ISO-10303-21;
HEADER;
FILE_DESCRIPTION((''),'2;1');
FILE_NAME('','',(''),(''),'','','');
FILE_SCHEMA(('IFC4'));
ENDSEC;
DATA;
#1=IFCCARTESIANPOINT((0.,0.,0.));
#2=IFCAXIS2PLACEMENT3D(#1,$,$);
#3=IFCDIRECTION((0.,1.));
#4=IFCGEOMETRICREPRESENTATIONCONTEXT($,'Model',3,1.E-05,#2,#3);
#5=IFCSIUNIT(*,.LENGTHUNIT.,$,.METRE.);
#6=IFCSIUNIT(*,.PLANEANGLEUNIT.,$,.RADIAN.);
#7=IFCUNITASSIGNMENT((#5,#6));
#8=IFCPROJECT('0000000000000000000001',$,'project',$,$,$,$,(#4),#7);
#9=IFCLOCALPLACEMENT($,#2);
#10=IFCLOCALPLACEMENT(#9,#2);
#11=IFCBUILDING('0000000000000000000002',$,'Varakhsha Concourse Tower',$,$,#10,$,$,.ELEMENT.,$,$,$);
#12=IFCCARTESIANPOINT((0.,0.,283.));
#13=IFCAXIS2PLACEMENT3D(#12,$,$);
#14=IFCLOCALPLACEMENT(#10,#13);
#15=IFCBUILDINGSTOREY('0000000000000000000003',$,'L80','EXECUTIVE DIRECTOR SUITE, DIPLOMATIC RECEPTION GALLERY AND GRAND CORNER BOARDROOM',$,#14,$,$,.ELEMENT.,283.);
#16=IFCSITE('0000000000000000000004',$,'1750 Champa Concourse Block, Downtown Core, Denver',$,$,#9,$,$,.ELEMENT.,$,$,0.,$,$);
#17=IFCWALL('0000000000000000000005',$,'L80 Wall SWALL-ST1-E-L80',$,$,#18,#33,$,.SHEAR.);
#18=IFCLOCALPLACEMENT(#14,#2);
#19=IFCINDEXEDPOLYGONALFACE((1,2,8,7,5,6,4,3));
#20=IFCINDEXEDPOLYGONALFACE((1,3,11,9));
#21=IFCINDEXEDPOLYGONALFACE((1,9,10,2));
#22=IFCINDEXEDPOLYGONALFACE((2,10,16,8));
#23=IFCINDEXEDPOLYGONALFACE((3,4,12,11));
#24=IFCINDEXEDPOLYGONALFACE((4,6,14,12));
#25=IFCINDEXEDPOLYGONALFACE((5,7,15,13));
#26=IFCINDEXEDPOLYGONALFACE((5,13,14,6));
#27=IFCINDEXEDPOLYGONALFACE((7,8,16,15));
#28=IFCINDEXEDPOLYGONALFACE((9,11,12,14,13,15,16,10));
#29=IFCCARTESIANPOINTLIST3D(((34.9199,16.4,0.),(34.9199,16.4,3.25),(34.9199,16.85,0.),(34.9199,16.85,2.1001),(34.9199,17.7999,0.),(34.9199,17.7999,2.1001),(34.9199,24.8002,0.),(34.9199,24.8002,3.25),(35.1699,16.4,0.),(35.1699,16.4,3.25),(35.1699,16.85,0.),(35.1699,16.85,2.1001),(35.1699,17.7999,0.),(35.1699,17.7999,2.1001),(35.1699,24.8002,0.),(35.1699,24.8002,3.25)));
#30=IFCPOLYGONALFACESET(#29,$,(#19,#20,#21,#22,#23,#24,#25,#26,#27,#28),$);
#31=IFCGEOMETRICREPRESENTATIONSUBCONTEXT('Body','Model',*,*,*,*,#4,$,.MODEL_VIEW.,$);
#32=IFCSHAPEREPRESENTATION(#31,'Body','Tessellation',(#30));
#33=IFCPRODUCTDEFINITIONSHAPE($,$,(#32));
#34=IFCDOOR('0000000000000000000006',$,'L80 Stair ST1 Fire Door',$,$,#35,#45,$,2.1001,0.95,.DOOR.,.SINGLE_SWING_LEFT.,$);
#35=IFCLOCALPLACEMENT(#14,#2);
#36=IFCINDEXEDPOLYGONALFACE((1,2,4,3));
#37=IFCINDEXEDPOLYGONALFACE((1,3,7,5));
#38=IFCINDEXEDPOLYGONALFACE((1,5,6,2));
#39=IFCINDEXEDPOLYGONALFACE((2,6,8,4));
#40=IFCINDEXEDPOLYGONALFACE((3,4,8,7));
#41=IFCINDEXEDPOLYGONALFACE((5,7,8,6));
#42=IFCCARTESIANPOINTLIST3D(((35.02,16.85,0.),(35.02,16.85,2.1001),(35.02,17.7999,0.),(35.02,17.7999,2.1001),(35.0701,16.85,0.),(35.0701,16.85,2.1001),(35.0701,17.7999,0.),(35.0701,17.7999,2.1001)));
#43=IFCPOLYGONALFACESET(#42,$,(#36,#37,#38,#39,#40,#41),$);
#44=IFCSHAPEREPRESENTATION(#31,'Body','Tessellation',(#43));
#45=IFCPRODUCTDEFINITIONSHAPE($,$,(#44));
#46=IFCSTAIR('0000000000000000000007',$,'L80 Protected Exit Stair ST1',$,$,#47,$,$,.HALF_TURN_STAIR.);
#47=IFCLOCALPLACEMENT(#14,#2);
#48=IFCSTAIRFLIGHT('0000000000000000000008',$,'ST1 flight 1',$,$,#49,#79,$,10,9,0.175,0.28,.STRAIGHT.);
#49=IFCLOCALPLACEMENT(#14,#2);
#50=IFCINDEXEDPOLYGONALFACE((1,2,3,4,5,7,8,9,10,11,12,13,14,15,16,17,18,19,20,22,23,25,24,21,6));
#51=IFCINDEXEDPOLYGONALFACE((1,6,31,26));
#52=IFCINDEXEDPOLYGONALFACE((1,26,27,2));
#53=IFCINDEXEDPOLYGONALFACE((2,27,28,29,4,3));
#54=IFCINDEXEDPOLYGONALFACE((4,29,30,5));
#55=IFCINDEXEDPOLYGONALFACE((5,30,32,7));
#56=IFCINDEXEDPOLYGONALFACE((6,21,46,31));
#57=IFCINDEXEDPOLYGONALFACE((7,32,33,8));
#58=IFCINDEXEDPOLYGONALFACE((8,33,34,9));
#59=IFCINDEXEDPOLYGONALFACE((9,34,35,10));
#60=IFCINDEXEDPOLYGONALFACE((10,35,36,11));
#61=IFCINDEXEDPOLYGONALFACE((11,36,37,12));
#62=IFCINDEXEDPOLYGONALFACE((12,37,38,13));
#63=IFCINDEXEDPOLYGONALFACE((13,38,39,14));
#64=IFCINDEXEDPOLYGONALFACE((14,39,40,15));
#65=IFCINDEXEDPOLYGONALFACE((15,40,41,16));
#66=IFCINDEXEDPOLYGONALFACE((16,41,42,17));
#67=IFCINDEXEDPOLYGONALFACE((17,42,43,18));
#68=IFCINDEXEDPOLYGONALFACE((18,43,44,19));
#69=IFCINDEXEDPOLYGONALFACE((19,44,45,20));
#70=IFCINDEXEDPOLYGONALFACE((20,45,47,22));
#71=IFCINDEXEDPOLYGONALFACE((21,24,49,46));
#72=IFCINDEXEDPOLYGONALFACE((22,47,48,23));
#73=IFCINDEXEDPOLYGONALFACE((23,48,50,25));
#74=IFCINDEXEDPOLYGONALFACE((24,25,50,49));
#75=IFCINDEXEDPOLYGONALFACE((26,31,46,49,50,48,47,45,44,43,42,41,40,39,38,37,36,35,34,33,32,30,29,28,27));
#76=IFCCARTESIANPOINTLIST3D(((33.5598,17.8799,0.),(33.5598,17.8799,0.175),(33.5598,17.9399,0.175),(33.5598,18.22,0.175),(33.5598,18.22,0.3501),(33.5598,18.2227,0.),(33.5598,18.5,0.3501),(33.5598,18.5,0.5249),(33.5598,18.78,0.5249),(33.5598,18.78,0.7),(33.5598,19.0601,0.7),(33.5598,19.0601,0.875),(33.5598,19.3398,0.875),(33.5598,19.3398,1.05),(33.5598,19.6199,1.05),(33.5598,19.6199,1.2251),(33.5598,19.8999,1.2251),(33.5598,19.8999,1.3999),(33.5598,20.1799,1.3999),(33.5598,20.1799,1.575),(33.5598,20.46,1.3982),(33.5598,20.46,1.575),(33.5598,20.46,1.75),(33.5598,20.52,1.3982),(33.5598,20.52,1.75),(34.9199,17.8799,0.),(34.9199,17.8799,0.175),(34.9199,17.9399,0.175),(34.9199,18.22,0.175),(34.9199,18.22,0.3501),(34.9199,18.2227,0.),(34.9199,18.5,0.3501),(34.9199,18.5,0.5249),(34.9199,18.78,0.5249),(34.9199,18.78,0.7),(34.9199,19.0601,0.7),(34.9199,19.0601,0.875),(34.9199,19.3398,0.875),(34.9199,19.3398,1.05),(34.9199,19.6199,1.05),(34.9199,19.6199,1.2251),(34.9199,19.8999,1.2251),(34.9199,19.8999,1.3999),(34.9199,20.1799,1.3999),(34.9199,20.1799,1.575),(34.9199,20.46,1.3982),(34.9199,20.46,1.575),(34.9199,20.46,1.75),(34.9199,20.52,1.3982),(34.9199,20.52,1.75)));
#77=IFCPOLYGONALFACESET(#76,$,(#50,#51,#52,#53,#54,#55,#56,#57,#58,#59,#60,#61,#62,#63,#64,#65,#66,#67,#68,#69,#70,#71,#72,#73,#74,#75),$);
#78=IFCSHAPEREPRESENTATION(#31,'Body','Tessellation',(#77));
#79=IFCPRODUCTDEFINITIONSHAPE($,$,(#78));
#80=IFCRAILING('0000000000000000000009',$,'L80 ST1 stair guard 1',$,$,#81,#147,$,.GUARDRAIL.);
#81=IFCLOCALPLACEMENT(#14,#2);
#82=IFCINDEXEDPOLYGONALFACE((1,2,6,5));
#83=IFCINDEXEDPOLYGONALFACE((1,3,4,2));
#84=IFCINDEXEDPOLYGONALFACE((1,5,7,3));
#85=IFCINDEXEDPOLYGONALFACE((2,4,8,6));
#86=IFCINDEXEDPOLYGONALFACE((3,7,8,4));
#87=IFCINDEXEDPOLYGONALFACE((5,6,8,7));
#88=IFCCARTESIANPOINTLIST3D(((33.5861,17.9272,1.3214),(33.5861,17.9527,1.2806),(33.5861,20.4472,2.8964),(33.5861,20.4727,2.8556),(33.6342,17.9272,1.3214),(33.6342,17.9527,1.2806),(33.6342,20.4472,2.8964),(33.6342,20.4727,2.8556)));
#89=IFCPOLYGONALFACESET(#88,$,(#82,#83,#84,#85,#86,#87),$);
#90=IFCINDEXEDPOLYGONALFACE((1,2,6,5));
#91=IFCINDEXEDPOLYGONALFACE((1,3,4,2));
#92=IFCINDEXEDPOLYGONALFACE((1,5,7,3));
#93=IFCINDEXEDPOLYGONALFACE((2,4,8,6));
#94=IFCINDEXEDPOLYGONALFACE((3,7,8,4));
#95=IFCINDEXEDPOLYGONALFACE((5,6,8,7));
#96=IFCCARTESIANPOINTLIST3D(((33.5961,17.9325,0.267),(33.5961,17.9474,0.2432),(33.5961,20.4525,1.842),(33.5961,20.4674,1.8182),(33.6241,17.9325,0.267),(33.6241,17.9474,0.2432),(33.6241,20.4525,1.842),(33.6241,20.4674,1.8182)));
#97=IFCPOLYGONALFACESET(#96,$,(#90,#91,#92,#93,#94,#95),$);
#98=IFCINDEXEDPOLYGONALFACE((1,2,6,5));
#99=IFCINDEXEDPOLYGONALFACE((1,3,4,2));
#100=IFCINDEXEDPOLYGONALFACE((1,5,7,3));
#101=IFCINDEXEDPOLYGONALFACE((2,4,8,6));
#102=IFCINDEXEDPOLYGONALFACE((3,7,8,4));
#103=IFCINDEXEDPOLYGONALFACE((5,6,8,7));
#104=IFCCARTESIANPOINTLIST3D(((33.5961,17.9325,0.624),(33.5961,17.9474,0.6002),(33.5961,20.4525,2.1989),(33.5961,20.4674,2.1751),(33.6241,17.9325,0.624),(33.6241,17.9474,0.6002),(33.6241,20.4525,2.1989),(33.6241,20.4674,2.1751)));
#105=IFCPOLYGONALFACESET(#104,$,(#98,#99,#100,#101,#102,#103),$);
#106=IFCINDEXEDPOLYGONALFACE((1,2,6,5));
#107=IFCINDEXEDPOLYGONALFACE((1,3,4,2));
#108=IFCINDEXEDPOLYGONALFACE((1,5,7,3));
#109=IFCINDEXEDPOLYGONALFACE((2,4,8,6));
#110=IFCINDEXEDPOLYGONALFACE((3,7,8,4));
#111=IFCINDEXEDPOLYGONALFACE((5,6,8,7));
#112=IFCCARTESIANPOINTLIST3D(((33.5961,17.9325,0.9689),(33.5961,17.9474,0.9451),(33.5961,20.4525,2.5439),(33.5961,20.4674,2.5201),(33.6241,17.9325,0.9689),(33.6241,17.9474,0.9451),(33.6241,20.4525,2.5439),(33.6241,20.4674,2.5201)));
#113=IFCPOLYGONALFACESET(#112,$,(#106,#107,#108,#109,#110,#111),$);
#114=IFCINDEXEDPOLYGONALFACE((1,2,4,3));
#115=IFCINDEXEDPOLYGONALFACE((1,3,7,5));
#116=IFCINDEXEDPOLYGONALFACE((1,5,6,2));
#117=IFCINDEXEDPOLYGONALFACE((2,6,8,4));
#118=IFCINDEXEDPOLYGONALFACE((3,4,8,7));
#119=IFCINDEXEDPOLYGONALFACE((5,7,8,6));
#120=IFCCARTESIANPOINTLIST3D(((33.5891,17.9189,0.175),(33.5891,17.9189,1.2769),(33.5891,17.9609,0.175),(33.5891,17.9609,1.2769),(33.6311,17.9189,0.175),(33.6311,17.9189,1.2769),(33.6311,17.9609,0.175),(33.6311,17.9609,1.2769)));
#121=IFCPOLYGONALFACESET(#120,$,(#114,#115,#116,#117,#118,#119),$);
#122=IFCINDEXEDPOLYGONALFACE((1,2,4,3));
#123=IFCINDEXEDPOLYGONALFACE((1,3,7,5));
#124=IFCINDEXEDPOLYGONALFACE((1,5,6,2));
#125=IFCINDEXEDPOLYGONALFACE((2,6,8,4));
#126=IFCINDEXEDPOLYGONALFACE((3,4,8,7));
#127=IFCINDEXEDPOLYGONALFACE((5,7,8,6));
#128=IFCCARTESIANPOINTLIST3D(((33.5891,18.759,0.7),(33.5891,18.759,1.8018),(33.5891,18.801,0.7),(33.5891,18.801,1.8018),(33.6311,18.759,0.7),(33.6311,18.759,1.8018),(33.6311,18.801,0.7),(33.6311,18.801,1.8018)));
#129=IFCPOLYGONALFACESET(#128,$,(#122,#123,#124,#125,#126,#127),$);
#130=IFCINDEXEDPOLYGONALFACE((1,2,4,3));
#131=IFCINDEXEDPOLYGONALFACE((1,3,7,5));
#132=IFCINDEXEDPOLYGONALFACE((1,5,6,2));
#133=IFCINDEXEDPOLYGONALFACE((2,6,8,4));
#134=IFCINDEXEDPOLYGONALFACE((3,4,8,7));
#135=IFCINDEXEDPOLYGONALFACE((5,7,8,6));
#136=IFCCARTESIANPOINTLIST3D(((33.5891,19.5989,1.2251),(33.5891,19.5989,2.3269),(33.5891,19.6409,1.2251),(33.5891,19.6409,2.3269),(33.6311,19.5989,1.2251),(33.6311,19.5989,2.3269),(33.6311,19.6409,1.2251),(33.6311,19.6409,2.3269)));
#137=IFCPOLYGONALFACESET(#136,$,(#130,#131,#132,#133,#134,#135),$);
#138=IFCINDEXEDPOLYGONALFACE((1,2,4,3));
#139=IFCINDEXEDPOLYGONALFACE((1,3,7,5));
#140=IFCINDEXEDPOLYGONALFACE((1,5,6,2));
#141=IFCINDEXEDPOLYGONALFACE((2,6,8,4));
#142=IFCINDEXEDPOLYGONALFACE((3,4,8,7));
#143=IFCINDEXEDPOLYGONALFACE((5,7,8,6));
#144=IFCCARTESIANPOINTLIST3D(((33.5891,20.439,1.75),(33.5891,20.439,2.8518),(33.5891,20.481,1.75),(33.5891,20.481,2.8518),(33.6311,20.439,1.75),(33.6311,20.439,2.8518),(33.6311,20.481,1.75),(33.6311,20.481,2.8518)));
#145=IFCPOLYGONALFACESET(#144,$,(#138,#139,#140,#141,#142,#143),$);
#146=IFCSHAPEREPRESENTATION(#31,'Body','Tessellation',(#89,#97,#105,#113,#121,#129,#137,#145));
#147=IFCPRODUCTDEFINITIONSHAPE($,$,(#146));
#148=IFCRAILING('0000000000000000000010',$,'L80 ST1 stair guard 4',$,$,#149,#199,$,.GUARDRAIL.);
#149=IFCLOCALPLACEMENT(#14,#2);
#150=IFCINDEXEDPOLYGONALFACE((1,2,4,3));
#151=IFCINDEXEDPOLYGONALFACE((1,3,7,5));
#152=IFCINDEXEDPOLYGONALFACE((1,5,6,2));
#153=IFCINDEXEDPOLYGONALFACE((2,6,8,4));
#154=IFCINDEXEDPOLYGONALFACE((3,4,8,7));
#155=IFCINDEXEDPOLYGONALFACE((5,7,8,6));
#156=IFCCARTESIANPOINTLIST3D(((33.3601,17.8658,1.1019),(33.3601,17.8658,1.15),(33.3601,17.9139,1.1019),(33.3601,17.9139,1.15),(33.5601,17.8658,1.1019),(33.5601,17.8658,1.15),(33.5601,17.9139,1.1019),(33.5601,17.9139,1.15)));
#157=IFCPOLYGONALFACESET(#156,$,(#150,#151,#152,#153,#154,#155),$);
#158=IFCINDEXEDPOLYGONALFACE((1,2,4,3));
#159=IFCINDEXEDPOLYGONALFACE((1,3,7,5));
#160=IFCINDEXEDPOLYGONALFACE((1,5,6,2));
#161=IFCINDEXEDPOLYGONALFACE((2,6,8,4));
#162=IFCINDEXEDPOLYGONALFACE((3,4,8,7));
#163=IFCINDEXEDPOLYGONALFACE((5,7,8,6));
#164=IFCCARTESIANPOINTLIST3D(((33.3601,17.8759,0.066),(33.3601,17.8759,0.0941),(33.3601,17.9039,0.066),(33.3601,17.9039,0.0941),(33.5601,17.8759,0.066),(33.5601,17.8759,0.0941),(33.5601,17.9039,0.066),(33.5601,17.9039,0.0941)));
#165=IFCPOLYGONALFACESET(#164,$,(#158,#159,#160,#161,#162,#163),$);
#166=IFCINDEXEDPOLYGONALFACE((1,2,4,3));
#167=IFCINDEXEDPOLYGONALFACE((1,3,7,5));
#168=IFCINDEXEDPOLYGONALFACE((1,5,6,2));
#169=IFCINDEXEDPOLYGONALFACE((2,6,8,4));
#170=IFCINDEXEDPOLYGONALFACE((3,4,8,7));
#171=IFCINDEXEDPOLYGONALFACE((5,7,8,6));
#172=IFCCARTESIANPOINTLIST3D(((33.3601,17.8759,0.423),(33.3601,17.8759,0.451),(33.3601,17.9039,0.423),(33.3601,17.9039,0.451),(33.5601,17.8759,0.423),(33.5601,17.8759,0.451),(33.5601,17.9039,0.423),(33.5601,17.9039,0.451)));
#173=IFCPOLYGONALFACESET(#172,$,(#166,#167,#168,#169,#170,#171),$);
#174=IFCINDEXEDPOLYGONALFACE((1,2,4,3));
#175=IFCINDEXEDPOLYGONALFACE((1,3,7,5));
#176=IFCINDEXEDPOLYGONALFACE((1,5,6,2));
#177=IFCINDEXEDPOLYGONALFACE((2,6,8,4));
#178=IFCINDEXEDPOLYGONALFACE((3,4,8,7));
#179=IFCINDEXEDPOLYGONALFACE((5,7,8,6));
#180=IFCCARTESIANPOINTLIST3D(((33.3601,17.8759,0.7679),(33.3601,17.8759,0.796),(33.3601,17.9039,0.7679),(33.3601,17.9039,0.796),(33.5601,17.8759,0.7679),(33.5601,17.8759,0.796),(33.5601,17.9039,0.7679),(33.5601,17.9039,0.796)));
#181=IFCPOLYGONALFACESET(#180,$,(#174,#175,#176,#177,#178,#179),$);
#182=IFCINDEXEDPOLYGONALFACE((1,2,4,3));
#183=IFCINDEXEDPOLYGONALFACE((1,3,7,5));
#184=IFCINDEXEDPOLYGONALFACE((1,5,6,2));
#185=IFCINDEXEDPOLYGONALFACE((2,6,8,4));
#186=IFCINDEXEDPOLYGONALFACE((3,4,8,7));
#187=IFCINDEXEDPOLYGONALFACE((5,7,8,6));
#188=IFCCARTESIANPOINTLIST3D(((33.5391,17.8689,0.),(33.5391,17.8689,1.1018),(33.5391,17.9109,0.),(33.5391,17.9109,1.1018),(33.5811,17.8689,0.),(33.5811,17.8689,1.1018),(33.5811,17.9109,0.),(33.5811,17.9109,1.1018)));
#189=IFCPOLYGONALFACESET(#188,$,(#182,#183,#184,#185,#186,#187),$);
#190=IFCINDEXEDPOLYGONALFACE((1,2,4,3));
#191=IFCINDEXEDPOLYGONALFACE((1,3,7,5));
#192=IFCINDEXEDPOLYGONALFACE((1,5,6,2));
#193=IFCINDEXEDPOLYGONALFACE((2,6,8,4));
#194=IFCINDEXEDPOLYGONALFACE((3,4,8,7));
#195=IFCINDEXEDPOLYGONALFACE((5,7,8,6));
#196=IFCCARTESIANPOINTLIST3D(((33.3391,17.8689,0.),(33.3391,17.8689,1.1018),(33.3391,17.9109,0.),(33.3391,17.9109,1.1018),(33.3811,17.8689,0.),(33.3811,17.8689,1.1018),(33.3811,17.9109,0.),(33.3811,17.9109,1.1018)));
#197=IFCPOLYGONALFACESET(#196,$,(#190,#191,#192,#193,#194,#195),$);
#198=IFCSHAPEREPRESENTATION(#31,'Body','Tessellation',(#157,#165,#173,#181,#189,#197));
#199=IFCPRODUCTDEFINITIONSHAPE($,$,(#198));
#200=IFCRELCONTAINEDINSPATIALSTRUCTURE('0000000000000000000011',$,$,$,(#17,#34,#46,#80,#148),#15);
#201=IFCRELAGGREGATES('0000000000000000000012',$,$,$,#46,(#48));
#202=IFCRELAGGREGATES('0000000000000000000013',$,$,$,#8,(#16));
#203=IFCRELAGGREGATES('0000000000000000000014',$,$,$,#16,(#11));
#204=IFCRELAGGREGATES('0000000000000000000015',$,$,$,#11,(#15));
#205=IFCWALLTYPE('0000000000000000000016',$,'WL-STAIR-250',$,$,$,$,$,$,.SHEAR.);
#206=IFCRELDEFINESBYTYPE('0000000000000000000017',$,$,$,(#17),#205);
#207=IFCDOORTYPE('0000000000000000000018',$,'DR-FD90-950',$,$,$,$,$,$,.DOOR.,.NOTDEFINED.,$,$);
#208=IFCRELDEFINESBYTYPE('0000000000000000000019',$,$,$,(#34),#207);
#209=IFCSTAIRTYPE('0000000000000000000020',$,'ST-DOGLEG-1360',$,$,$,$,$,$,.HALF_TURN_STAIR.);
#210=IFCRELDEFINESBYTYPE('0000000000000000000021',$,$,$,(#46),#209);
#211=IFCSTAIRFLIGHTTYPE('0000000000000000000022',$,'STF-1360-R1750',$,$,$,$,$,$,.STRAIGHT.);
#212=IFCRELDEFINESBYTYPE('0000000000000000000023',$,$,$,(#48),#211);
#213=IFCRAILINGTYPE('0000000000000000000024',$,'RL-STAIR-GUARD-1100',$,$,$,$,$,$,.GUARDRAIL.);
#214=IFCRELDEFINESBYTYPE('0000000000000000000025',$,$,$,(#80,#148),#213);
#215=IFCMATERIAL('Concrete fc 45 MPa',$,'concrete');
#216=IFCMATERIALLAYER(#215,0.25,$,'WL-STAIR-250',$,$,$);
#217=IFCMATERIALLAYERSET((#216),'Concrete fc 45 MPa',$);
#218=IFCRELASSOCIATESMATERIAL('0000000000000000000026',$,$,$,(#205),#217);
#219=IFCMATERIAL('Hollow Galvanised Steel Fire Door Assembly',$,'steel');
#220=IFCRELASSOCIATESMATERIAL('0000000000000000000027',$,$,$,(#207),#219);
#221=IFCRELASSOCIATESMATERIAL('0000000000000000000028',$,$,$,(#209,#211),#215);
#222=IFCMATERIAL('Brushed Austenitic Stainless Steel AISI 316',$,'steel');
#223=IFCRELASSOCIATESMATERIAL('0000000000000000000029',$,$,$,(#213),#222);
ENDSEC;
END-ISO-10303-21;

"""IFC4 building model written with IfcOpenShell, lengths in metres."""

from ifc_helpers import new_model, si_unit, direction, frame, frame_2d, origin, origin_2d, place, context, subcontext, project, spatial, polyline, rectangle, outline, extrude, material, layer, layer_set, type_object, element, fill, aggregate, save


model = new_model("IFC4")

# Units and contexts
model_context = context("Model", 3, precision=1e-05, world=origin(), true_north=direction((0.0, 1.0)))
body_context = subcontext(model_context, "Body", "Model", "MODEL_VIEW")
ifc_project = project(units=[si_unit("LENGTHUNIT", "METRE"), si_unit("PLANEANGLEUNIT", "RADIAN")], contexts=[model_context])

# Site, building, storey
site_placement = place(None, origin())
site = spatial("IfcSite", under=ifc_project, at=site_placement, Name="1750 Champa Concourse Block, Downtown Core, Denver", CompositionType="ELEMENT", RefElevation=0.0)
building_placement = place(site_placement, origin())
building = spatial("IfcBuilding", under=site, at=building_placement, Name="Varakhsha Concourse Tower", CompositionType="ELEMENT")
storey_placement = place(building_placement, frame((0.0, 0.0, 283.0)))
storey = spatial("IfcBuildingStorey", under=building, at=storey_placement, Name="L80", Description="EXECUTIVE DIRECTOR SUITE, DIPLOMATIC RECEPTION GALLERY AND GRAND CORNER BOARDROOM", CompositionType="ELEMENT", Elevation=283.0)

# Shared definitions
ifc_material_1 = material(Name="Hollow Galvanised Steel Fire Door Assembly", Category="steel")

# Wall, opening, door
ifc_material_2 = material(Name="Concrete fc 45 MPa", Category="concrete")
ifc_layer_1 = layer(ifc_material_2, 0.25, Name="WL-STAIR-250")
ifc_layer_set_1 = layer_set([ifc_layer_1], Name="Concrete fc 45 MPa")
wall_type_1 = type_object("IfcWallType", Name="WL-STAIR-250", PredefinedType="SHEAR", material=ifc_layer_set_1)
wall_1_placement = place(storey_placement, frame((35.0449, 16.3999, 0.0), z_axis=(0.0, 0.0, 1.0), x_axis=(0.0, 1.0, 0.0)))
wall_1 = element("IfcWall", 1, at=wall_1_placement, inside=storey, type_object=wall_type_1, Name="L80 Wall SWALL-ST1-E-L80", PredefinedType="SHEAR", context=body_context, shape_type="SweptSolid", body=[
    extrude(rectangle(XDim=8.4001, YDim=0.25, at=frame_2d((4.2002, 0.0))), origin(), (0.0, 0.0, 1.0), 3.25),
])
opening_1_placement = place(wall_1_placement, frame((0.45, 0.0, 0.0)))
opening_1 = element("IfcOpeningElement", 2, at=opening_1_placement, cuts=wall_1, PredefinedType="OPENING", context=body_context, shape_type="SweptSolid", body=[
    extrude(rectangle(XDim=0.95, YDim=2.1001, at=frame_2d((0.4751, 1.05))), frame((0.0, 0.135, 0.0), z_axis=(0.0, -1.0, 0.0), x_axis=(1.0, 0.0, 0.0)), (0.0, 0.0, 1.0), 0.27),
])
door_type_1 = type_object("IfcDoorType", Name="DR-FD90-950", OperationType="NOTDEFINED", PredefinedType="DOOR", material=ifc_material_1)
door_1_placement = place(opening_1_placement, origin())
door_1 = element("IfcDoor", 3, at=door_1_placement, inside=storey, type_object=door_type_1, Name="L80 Stair ST1 Fire Door", OperationType="SINGLE_SWING_LEFT", OverallHeight=2.1001, OverallWidth=0.95, PredefinedType="DOOR", context=body_context, shape_type="SweptSolid", body=[
    extrude(rectangle(XDim=0.95, YDim=2.1001, at=frame_2d((0.4751, 1.05))), frame((0.0, 0.0249, 0.0), z_axis=(0.0, -1.0, 0.0), x_axis=(1.0, 0.0, 0.0)), (0.0, 0.0, 1.0), 0.05),
])
fill(opening_1, door_1)

# Stair, stair flight
stair_type = type_object("IfcStairType", Name="ST-DOGLEG-1360", PredefinedType="HALF_TURN_STAIR", material=ifc_material_2)
stair_placement = place(storey_placement, origin())
stair = element("IfcStair", 4, at=stair_placement, inside=storey, type_object=stair_type, Name="L80 Protected Exit Stair ST1", PredefinedType="HALF_TURN_STAIR")
stair_flight_type = type_object("IfcStairFlightType", Name="STF-1360-R1750", PredefinedType="STRAIGHT", material=ifc_material_2)
stair_flight_placement = place(storey_placement, frame((34.24, 17.9399, 0.0), z_axis=(0.0, 0.0, 1.0), x_axis=(0.0, 1.0, 0.0)))
stair_flight = element("IfcStairFlight", 5, at=stair_flight_placement, type_object=stair_flight_type, Name="ST1 flight 1", NumberOfRisers=10, NumberOfTreads=9, PredefinedType="STRAIGHT", RiserHeight=0.175, TreadLength=0.28, context=body_context, shape_type="SweptSolid", body=[
    extrude(outline(polyline([(-0.0601, 0.0), (-0.0601, 0.175), (0.0, 0.175), (0.28, 0.175), (0.28, 0.3501), (0.5601, 0.3501), (0.5601, 0.5249), (0.8401, 0.5249), (0.8401, 0.7), (1.1201, 0.7), (1.1201, 0.875), (1.3999, 0.875), (1.3999, 1.05), (1.6799, 1.05), (1.6799, 1.2251), (1.96, 1.2251), (1.96, 1.3999), (2.24, 1.3999), (2.24, 1.575), (2.52, 1.575), (2.52, 1.75), (2.5801, 1.75), (2.5801, 1.3982), (2.52, 1.3982), (0.2827, 0.0), (-0.0601, 0.0)])), frame((0.0, 0.6802, 0.0), z_axis=(0.0, -1.0, 0.0), x_axis=(1.0, 0.0, 0.0)), (0.0, 0.0, 1.0), 1.3601),
])
aggregate(stair, [stair_flight])

# Railings
ifc_material_3 = material(Name="Brushed Austenitic Stainless Steel AISI 316", Category="steel")
railing_type_1 = type_object("IfcRailingType", Name="RL-STAIR-GUARD-1100", PredefinedType="GUARDRAIL", material=ifc_material_3)
railing_1_placement = place(storey_placement, frame((33.6101, 17.9399, 0.175)))
element("IfcRailing", 6, at=railing_1_placement, inside=storey, type_object=railing_type_1, Name="L80 ST1 stair guard 1", PredefinedType="GUARDRAIL", context=body_context, shape_type="SweptSolid", body=[
    extrude(rectangle(XDim=0.0481, YDim=0.0481, at=origin_2d()), frame((0.0, 0.0, 1.126), z_axis=(0.0, 0.848008, 0.529984), x_axis=(-1.0, 0.0, 0.0)), (0.0, 0.0, 1.0), 2.9717),
    extrude(rectangle(XDim=0.0281, YDim=0.0281, at=origin_2d()), frame((0.0, 0.0, 0.0801), z_axis=(0.0, 0.848008, 0.529984), x_axis=(-1.0, 0.0, 0.0)), (0.0, 0.0, 1.0), 2.9717),
    extrude(rectangle(XDim=0.0281, YDim=0.0281, at=origin_2d()), frame((0.0, 0.0, 0.437), z_axis=(0.0, 0.848008, 0.529984), x_axis=(-1.0, 0.0, 0.0)), (0.0, 0.0, 1.0), 2.9717),
    extrude(rectangle(XDim=0.0281, YDim=0.0281, at=origin_2d()), frame((0.0, 0.0, 0.782), z_axis=(0.0, 0.848008, 0.529984), x_axis=(-1.0, 0.0, 0.0)), (0.0, 0.0, 1.0), 2.9717),
    extrude(rectangle(XDim=0.042, YDim=0.042, at=origin_2d()), origin(), (0.0, 0.0, 1.0), 1.1018),
    extrude(rectangle(XDim=0.042, YDim=0.042, at=origin_2d()), frame((0.0, 0.8401, 0.5249)), (0.0, 0.0, 1.0), 1.1018),
    extrude(rectangle(XDim=0.042, YDim=0.042, at=origin_2d()), frame((0.0, 1.6799, 1.05)), (0.0, 0.0, 1.0), 1.1018),
    extrude(rectangle(XDim=0.042, YDim=0.042, at=origin_2d()), frame((0.0, 2.52, 1.575)), (0.0, 0.0, 1.0), 1.1018),
])
railing_2_placement = place(storey_placement, frame((33.5601, 17.8899, 0.0)))
element("IfcRailing", 7, at=railing_2_placement, inside=storey, type_object=railing_type_1, Name="L80 ST1 stair guard 4", PredefinedType="GUARDRAIL", context=body_context, shape_type="SweptSolid", body=[
    extrude(rectangle(XDim=0.0481, YDim=0.0481, at=origin_2d()), frame((0.0, 0.0, 1.126), z_axis=(-1.0, 0.0, 0.0), x_axis=(0.0, -1.0, 0.0)), (0.0, 0.0, 1.0), 0.2),
    extrude(rectangle(XDim=0.0281, YDim=0.0281, at=origin_2d()), frame((0.0, 0.0, 0.0801), z_axis=(-1.0, 0.0, 0.0), x_axis=(0.0, -1.0, 0.0)), (0.0, 0.0, 1.0), 0.2),
    extrude(rectangle(XDim=0.0281, YDim=0.0281, at=origin_2d()), frame((0.0, 0.0, 0.437), z_axis=(-1.0, 0.0, 0.0), x_axis=(0.0, -1.0, 0.0)), (0.0, 0.0, 1.0), 0.2),
    extrude(rectangle(XDim=0.0281, YDim=0.0281, at=origin_2d()), frame((0.0, 0.0, 0.782), z_axis=(-1.0, 0.0, 0.0), x_axis=(0.0, -1.0, 0.0)), (0.0, 0.0, 1.0), 0.2),
    extrude(rectangle(XDim=0.042, YDim=0.042, at=origin_2d()), origin(), (0.0, 0.0, 1.0), 1.1018),
    extrude(rectangle(XDim=0.042, YDim=0.042, at=origin_2d()), frame((-0.2, 0.0, 0.0)), (0.0, 0.0, 1.0), 1.1018),
])

save(model, "model.ifc")
